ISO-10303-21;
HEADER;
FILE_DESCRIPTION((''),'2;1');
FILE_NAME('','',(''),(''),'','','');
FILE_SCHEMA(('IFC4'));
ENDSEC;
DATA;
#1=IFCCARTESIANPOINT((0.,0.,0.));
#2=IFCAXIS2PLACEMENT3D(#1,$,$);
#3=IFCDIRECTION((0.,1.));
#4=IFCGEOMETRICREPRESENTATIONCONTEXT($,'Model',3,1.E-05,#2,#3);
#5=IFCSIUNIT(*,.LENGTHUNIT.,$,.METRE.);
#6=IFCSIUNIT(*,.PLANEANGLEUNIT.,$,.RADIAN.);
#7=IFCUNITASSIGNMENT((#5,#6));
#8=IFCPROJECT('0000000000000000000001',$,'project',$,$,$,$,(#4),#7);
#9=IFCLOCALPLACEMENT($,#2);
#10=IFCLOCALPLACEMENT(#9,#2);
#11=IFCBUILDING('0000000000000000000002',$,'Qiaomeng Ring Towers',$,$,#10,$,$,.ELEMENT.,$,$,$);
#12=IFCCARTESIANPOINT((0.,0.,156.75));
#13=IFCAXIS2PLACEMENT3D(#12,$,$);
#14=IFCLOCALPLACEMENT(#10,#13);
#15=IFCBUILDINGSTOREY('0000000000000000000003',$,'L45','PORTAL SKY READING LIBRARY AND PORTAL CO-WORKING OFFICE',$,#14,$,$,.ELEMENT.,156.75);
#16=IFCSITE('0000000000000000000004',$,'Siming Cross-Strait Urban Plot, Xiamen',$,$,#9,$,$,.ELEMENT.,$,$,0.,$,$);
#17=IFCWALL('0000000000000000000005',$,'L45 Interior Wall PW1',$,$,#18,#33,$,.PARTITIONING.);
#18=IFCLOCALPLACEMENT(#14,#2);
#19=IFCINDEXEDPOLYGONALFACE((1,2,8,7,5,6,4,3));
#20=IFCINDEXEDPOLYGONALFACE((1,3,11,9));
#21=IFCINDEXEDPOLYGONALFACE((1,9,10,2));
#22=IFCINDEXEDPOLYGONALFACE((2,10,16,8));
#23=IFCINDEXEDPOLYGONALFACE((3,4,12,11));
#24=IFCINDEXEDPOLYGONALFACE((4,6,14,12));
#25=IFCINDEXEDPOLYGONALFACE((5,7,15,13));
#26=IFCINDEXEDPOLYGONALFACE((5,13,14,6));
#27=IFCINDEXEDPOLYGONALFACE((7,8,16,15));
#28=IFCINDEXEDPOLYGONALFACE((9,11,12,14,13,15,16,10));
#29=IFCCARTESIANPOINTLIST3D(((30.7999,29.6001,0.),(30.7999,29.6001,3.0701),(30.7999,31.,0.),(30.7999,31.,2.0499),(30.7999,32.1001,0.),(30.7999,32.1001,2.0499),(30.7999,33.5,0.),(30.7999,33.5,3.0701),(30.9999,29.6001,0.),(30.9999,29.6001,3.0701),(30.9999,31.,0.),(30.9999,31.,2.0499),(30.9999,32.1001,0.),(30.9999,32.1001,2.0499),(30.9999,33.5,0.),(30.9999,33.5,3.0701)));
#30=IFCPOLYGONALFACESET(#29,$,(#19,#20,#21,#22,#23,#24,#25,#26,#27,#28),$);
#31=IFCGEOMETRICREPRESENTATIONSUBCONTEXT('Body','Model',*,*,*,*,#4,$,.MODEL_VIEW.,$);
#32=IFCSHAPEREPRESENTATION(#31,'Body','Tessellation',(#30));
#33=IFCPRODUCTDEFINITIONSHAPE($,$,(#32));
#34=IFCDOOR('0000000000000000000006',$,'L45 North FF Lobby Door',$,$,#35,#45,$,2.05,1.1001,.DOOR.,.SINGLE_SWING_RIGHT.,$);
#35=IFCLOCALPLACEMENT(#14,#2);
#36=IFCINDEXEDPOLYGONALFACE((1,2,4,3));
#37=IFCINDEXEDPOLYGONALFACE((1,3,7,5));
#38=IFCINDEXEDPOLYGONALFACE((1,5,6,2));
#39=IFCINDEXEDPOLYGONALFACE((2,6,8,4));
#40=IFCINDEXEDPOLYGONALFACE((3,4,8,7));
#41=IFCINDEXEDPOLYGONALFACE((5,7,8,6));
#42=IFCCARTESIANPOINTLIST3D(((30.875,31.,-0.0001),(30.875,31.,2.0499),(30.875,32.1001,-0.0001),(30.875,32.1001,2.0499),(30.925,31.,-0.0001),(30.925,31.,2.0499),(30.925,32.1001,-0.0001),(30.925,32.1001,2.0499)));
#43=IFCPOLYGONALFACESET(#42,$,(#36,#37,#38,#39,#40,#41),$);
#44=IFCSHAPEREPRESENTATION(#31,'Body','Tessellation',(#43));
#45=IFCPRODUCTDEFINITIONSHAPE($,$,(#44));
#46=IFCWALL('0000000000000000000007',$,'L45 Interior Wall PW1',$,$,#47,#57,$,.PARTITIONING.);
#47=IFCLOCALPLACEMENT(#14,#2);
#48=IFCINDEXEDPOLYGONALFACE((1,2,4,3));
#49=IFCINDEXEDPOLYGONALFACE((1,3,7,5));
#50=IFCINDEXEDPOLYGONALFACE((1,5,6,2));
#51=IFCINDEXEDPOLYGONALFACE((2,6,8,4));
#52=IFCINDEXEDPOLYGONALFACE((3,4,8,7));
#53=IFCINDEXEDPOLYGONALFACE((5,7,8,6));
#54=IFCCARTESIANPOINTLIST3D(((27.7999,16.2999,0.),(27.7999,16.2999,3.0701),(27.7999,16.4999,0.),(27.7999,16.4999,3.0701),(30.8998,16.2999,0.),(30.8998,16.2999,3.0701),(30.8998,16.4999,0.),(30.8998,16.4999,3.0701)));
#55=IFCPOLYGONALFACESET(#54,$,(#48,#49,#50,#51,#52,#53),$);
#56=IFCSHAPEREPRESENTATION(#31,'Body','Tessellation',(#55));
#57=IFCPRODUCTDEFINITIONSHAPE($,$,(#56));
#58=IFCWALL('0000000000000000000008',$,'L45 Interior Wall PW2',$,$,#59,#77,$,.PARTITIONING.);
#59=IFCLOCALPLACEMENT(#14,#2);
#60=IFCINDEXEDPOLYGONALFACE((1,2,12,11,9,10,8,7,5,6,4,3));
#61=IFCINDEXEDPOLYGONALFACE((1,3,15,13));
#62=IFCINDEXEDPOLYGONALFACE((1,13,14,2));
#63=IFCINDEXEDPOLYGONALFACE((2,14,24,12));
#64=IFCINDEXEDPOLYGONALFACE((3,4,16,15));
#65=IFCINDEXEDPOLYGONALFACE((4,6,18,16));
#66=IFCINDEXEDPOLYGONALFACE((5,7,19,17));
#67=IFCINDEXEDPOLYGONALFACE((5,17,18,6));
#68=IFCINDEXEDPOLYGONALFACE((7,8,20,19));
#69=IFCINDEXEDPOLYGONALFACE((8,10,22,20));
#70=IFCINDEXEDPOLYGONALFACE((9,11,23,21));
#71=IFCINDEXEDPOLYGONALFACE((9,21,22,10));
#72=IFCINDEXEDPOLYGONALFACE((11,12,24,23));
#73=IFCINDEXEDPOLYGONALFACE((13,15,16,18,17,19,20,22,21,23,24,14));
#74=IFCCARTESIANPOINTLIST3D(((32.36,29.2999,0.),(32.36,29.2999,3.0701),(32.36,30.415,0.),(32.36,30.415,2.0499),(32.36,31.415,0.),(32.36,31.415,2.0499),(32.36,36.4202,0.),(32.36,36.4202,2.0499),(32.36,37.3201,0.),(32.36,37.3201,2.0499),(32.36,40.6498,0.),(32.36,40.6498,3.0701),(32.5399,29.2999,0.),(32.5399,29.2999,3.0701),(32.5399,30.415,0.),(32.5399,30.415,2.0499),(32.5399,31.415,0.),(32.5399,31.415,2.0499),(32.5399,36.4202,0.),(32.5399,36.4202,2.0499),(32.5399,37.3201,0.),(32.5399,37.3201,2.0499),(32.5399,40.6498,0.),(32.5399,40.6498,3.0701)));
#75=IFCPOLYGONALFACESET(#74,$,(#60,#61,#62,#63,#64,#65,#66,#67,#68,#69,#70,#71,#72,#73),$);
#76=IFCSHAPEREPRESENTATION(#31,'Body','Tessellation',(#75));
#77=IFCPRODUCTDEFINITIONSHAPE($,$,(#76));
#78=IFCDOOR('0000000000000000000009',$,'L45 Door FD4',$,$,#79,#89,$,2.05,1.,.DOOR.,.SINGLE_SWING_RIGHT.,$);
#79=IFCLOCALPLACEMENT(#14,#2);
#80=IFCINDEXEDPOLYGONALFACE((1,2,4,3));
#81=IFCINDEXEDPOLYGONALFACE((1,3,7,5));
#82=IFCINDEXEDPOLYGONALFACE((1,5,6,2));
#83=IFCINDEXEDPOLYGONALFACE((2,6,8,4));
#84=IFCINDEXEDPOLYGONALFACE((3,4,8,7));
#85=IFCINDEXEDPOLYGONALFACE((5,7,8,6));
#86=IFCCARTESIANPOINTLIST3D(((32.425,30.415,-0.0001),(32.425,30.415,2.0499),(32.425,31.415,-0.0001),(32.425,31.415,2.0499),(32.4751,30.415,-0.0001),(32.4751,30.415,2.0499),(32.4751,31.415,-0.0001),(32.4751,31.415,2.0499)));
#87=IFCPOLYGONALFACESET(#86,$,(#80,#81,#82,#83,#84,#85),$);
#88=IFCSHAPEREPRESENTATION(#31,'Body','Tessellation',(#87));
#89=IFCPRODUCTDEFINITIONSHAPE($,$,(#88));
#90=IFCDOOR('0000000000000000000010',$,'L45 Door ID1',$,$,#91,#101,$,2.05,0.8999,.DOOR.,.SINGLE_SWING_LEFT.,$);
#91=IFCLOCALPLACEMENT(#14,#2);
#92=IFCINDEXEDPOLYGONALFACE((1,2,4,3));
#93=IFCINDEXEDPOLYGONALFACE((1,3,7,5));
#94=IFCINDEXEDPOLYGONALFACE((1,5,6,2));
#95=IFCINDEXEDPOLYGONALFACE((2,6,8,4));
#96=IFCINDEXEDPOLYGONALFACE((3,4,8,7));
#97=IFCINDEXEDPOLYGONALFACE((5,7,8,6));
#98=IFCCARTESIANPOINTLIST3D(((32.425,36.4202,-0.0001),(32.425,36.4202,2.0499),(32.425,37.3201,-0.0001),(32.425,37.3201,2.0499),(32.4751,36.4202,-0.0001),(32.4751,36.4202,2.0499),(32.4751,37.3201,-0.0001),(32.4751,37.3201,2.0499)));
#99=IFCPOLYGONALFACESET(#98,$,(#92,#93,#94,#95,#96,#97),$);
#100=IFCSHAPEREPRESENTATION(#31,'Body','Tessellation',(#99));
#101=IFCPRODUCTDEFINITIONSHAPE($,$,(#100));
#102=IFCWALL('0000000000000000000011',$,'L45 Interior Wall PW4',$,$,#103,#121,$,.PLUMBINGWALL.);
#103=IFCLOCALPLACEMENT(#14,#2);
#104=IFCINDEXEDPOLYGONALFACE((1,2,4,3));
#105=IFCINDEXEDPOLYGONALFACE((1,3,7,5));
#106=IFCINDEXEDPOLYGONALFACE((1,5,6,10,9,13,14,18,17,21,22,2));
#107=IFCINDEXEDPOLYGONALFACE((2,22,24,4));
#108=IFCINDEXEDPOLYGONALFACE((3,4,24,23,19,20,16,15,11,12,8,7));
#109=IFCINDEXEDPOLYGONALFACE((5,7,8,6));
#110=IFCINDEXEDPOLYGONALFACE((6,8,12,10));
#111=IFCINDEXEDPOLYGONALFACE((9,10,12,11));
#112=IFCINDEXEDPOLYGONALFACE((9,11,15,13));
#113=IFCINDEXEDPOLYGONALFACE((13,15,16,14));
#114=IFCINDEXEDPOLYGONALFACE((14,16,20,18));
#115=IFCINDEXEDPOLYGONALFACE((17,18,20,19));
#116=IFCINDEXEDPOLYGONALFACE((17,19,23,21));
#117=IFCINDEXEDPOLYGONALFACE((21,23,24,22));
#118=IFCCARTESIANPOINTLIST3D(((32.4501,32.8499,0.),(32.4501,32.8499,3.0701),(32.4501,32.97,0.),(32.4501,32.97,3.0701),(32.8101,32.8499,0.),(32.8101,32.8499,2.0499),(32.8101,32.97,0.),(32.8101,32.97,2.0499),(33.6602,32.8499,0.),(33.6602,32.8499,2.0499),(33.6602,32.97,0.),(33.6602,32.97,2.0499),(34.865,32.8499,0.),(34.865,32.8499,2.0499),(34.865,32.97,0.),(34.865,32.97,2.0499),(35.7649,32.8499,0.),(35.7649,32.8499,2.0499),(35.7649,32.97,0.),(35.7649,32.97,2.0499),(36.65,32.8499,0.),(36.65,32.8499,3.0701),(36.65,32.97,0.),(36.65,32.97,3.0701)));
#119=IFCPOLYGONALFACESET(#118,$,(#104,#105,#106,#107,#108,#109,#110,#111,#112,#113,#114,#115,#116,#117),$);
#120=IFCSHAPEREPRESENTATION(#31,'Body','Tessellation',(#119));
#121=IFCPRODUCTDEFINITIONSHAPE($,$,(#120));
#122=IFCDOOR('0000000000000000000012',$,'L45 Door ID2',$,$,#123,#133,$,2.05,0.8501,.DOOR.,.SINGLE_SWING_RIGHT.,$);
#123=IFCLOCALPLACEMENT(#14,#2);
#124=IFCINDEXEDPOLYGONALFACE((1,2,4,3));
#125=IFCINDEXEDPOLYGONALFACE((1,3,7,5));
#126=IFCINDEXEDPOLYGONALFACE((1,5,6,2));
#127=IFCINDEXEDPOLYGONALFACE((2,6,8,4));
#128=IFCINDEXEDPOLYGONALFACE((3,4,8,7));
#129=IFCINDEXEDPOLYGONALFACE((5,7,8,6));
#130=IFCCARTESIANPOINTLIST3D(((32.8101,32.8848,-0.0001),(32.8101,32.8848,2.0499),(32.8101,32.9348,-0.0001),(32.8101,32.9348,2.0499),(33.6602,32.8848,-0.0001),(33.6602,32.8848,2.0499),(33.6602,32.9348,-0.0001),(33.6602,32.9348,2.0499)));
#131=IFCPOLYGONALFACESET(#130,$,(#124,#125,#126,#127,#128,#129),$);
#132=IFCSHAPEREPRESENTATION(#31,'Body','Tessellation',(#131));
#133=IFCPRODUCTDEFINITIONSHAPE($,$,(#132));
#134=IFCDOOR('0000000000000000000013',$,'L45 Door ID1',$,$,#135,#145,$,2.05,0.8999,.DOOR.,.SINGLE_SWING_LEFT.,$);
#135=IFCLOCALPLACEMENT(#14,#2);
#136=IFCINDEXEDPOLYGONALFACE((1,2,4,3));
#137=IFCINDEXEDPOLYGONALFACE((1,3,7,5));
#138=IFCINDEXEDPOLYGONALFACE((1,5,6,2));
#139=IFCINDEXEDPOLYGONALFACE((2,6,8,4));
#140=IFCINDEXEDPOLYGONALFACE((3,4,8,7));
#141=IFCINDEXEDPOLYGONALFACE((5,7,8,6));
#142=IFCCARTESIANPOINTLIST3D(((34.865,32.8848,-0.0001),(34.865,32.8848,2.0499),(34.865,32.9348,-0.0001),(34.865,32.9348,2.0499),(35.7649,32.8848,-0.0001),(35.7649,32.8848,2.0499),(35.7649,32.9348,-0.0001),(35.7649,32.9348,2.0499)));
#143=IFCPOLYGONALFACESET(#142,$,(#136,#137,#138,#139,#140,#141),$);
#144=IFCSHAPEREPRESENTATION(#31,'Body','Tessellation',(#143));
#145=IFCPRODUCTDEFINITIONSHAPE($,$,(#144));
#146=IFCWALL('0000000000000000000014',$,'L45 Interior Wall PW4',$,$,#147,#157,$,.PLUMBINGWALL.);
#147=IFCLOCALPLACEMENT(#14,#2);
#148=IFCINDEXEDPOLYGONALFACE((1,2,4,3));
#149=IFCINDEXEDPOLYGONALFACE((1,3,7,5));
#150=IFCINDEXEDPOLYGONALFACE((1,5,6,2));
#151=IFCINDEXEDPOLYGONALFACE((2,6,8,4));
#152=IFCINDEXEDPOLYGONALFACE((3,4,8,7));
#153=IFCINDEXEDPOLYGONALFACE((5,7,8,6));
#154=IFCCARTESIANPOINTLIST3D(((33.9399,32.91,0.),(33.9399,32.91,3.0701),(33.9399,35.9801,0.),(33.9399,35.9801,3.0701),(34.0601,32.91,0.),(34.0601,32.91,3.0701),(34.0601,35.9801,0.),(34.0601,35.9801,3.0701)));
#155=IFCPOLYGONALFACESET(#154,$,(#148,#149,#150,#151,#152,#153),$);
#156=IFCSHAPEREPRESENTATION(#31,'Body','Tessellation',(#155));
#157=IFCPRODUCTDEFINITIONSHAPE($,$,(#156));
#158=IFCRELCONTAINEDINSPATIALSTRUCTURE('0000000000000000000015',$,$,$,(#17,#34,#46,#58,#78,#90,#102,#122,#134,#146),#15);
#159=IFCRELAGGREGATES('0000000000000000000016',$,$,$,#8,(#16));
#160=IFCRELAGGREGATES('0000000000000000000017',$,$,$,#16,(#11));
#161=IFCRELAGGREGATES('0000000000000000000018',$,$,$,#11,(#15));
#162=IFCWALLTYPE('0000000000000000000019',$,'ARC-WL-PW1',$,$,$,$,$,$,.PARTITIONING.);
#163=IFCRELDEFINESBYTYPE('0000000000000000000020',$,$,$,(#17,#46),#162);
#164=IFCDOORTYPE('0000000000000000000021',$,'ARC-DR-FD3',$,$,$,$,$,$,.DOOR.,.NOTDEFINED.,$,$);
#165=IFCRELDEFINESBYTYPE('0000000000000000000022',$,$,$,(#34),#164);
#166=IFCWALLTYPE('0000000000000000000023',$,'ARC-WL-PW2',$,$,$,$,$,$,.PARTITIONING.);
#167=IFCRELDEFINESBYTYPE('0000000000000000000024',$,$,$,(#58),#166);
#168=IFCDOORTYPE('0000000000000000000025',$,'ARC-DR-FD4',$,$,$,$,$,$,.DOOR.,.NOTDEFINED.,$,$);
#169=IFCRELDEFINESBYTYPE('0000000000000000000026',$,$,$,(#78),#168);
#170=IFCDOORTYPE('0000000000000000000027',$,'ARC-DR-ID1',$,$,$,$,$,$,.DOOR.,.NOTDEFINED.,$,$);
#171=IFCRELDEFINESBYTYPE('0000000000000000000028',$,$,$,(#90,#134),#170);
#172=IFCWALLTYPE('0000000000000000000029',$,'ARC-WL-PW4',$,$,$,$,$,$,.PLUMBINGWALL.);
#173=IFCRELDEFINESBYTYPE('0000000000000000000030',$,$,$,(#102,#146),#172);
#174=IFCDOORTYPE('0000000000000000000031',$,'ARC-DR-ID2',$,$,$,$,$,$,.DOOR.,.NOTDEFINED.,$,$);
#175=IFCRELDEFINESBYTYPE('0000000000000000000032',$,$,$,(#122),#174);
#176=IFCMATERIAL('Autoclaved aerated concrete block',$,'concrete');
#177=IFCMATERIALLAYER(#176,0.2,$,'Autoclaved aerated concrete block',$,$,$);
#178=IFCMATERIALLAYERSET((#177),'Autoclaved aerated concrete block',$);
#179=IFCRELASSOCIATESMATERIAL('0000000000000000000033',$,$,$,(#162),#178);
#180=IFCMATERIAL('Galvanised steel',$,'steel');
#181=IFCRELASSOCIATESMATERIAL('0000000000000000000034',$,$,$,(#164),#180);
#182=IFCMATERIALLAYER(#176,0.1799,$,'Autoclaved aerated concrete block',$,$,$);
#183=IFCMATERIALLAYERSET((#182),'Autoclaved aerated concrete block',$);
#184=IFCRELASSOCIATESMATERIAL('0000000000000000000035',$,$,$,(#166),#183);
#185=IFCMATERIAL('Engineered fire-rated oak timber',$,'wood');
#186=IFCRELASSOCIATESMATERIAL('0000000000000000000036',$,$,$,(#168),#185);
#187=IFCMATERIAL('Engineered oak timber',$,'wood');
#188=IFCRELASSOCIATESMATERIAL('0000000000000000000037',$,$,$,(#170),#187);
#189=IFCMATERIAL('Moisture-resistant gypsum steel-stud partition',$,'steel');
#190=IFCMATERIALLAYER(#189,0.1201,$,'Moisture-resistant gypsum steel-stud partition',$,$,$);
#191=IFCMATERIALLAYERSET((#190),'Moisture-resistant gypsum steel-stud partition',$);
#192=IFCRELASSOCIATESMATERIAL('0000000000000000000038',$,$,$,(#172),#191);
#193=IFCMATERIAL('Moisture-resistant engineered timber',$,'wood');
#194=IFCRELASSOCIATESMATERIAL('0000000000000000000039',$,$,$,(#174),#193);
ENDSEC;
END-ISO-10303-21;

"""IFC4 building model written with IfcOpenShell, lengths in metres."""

from ifc_helpers import new_model, si_unit, direction, frame, frame_2d, origin, place, context, subcontext, project, spatial, rectangle, extrude, source, transform, mapped, material, layer, layer_set, type_object, element, fill, save


model = new_model("IFC4")

# Units and contexts
model_context = context("Model", 3, precision=1e-05, world=origin(), true_north=direction((0.0, 1.0)))
body_context = subcontext(model_context, "Body", "Model", "MODEL_VIEW")
ifc_project = project(units=[si_unit("LENGTHUNIT", "METRE"), si_unit("PLANEANGLEUNIT", "RADIAN")], contexts=[model_context])

# Site, building, storey
site_placement = place(None, origin())
site = spatial("IfcSite", under=ifc_project, at=site_placement, Name="Siming Cross-Strait Urban Plot, Xiamen", CompositionType="ELEMENT", RefElevation=0.0)
building_placement = place(site_placement, origin())
building = spatial("IfcBuilding", under=site, at=building_placement, Name="Qiaomeng Ring Towers", CompositionType="ELEMENT")
storey_placement = place(building_placement, frame((0.0, 0.0, 156.75)))
storey = spatial("IfcBuildingStorey", under=building, at=storey_placement, Name="L45", Description="PORTAL SKY READING LIBRARY AND PORTAL CO-WORKING OFFICE", CompositionType="ELEMENT", Elevation=156.75)

# Shared definitions
ifc_material_1 = material(Name="Autoclaved aerated concrete block", Category="concrete")
ifc_layer_1 = layer(ifc_material_1, 0.2, Name="Autoclaved aerated concrete block")
ifc_layer_set_1 = layer_set([ifc_layer_1], Name="Autoclaved aerated concrete block")
wall_type_1 = type_object("IfcWallType", Name="ARC-WL-PW1", PredefinedType="PARTITIONING", material=ifc_layer_set_1)

# Wall, opening, door
wall_1_placement = place(storey_placement, frame((30.8999, 29.6001, 0.0), z_axis=(0.0, 0.0, 1.0), x_axis=(0.0, 1.0, 0.0)))
wall_1 = element("IfcWall", 1, at=wall_1_placement, inside=storey, type_object=wall_type_1, Name="L45 Interior Wall PW1", PredefinedType="PARTITIONING", context=body_context, shape_type="SweptSolid", body=[
    extrude(rectangle(XDim=3.8999, YDim=0.2, at=frame_2d((1.95, 0.0))), origin(), (0.0, 0.0, 1.0), 3.0701),
])
opening_1_placement = place(wall_1_placement, frame((1.3999, 0.0, 0.0)))
opening_1 = element("IfcOpeningElement", 2, at=opening_1_placement, cuts=wall_1, PredefinedType="OPENING", context=body_context, shape_type="SweptSolid", body=[
    extrude(rectangle(XDim=1.1001, YDim=2.05, at=frame_2d((0.55, 1.0249))), frame((0.0, 0.1099, 0.0), z_axis=(0.0, -1.0, 0.0), x_axis=(1.0, 0.0, 0.0)), (0.0, 0.0, 1.0), 0.22),
])
ifc_material_2 = material(Name="Galvanised steel", Category="steel")
door_type_1 = type_object("IfcDoorType", Name="ARC-DR-FD3", OperationType="NOTDEFINED", PredefinedType="DOOR", material=ifc_material_2)
shared_shape_1 = source(origin(), body_context, "Body", "SweptSolid", [
    extrude(rectangle(XDim=1.1001, YDim=2.05, at=frame_2d((0.55, 1.0249))), frame((0.0, 0.0249, 0.0), z_axis=(0.0, -1.0, 0.0), x_axis=(1.0, 0.0, 0.0)), (0.0, 0.0, 1.0), 0.05),
])
door_1_placement = place(opening_1_placement, origin())
door_1 = element("IfcDoor", 3, at=door_1_placement, inside=storey, type_object=door_type_1, Name="L45 North FF Lobby Door", OperationType="SINGLE_SWING_RIGHT", OverallHeight=2.05, OverallWidth=1.1001, PredefinedType="DOOR", context=body_context, shape_type="MappedRepresentation", body=[
    mapped(shared_shape_1, transform((0.0, 0.0, 0.0), x_axis=(1.0, 0.0, 0.0), y_axis=(0.0, 1.0, 0.0), z_axis=(0.0, 0.0, 1.0), scale=1.0)),
])
fill(opening_1, door_1)

# Wall
wall_2_placement = place(storey_placement, frame((27.8, 16.3999, 0.0), z_axis=(0.0, 0.0, 1.0), x_axis=(1.0, 0.0, 0.0)))
element("IfcWall", 4, at=wall_2_placement, inside=storey, type_object=wall_type_1, Name="L45 Interior Wall PW1", PredefinedType="PARTITIONING", context=body_context, shape_type="SweptSolid", body=[
    extrude(rectangle(XDim=3.0999, YDim=0.2, at=frame_2d((1.5498, 0.0))), origin(), (0.0, 0.0, 1.0), 3.0701),
])

# Walls, openings, doors
ifc_layer_2 = layer(ifc_material_1, 0.1799, Name="Autoclaved aerated concrete block")
ifc_layer_set_2 = layer_set([ifc_layer_2], Name="Autoclaved aerated concrete block")
wall_type_2 = type_object("IfcWallType", Name="ARC-WL-PW2", PredefinedType="PARTITIONING", material=ifc_layer_set_2)
wall_3_placement = place(storey_placement, frame((32.45, 29.3, 0.0), z_axis=(0.0, 0.0, 1.0), x_axis=(0.0, 1.0, 0.0)))
wall_3 = element("IfcWall", 5, at=wall_3_placement, inside=storey, type_object=wall_type_2, Name="L45 Interior Wall PW2", PredefinedType="PARTITIONING", context=body_context, shape_type="SweptSolid", body=[
    extrude(rectangle(XDim=11.3499, YDim=0.1799, at=frame_2d((5.6748, 0.0))), origin(), (0.0, 0.0, 1.0), 3.0701),
])
opening_2_placement = place(wall_3_placement, frame((1.115, 0.0, 0.0)))
opening_2 = element("IfcOpeningElement", 6, at=opening_2_placement, cuts=wall_3, PredefinedType="OPENING", context=body_context, shape_type="SweptSolid", body=[
    extrude(rectangle(XDim=1.0, YDim=2.05, at=frame_2d((0.5, 1.0249))), frame((0.0, 0.0999, 0.0), z_axis=(0.0, -1.0, 0.0), x_axis=(1.0, 0.0, 0.0)), (0.0, 0.0, 1.0), 0.2),
])
opening_3_placement = place(wall_3_placement, frame((7.1201, 0.0, 0.0)))
opening_3 = element("IfcOpeningElement", 7, at=opening_3_placement, cuts=wall_3, PredefinedType="OPENING", context=body_context, shape_type="SweptSolid", body=[
    extrude(rectangle(XDim=0.8999, YDim=2.05, at=frame_2d((0.45, 1.0249))), frame((0.0, 0.0999, 0.0), z_axis=(0.0, -1.0, 0.0), x_axis=(1.0, 0.0, 0.0)), (0.0, 0.0, 1.0), 0.2),
])
ifc_material_3 = material(Name="Engineered fire-rated oak timber", Category="wood")
door_type_2 = type_object("IfcDoorType", Name="ARC-DR-FD4", OperationType="NOTDEFINED", PredefinedType="DOOR", material=ifc_material_3)
shared_shape_2 = source(origin(), body_context, "Body", "SweptSolid", [
    extrude(rectangle(XDim=1.0, YDim=2.05, at=frame_2d((0.5, 1.0249))), frame((0.0, 0.0249, 0.0), z_axis=(0.0, -1.0, 0.0), x_axis=(1.0, 0.0, 0.0)), (0.0, 0.0, 1.0), 0.05),
])
door_2_placement = place(opening_2_placement, origin())
door_2 = element("IfcDoor", 8, at=door_2_placement, inside=storey, type_object=door_type_2, Name="L45 Door FD4", OperationType="SINGLE_SWING_RIGHT", OverallHeight=2.05, OverallWidth=1.0, PredefinedType="DOOR", context=body_context, shape_type="MappedRepresentation", body=[
    mapped(shared_shape_2, transform((0.0, 0.0, 0.0), x_axis=(1.0, 0.0, 0.0), y_axis=(0.0, 1.0, 0.0), z_axis=(0.0, 0.0, 1.0), scale=1.0)),
])
fill(opening_2, door_2)
ifc_material_4 = material(Name="Engineered oak timber", Category="wood")
door_type_3 = type_object("IfcDoorType", Name="ARC-DR-ID1", OperationType="NOTDEFINED", PredefinedType="DOOR", material=ifc_material_4)
shared_shape_3 = source(origin(), body_context, "Body", "SweptSolid", [
    extrude(rectangle(XDim=0.8999, YDim=2.05, at=frame_2d((0.45, 1.0249))), frame((0.0, 0.0249, 0.0), z_axis=(0.0, -1.0, 0.0), x_axis=(1.0, 0.0, 0.0)), (0.0, 0.0, 1.0), 0.05),
])
door_3_placement = place(opening_3_placement, origin())
door_3 = element("IfcDoor", 9, at=door_3_placement, inside=storey, type_object=door_type_3, Name="L45 Door ID1", OperationType="SINGLE_SWING_LEFT", OverallHeight=2.05, OverallWidth=0.8999, PredefinedType="DOOR", context=body_context, shape_type="MappedRepresentation", body=[
    mapped(shared_shape_3, transform((0.0, 0.0, 0.0), x_axis=(1.0, 0.0, 0.0), y_axis=(0.0, 1.0, 0.0), z_axis=(0.0, 0.0, 1.0), scale=1.0)),
])
fill(opening_3, door_3)
ifc_material_5 = material(Name="Moisture-resistant gypsum steel-stud partition", Category="steel")
ifc_layer_3 = layer(ifc_material_5, 0.1201, Name="Moisture-resistant gypsum steel-stud partition")
ifc_layer_set_3 = layer_set([ifc_layer_3], Name="Moisture-resistant gypsum steel-stud partition")
wall_type_3 = type_object("IfcWallType", Name="ARC-WL-PW4", PredefinedType="PLUMBINGWALL", material=ifc_layer_set_3)
wall_4_placement = place(storey_placement, frame((32.45, 32.9099, 0.0), z_axis=(0.0, 0.0, 1.0), x_axis=(1.0, 0.0, 0.0)))
wall_4 = element("IfcWall", 10, at=wall_4_placement, inside=storey, type_object=wall_type_3, Name="L45 Interior Wall PW4", PredefinedType="PLUMBINGWALL", context=body_context, shape_type="SweptSolid", body=[
    extrude(rectangle(XDim=4.2, YDim=0.1201, at=frame_2d((2.1001, 0.0))), origin(), (0.0, 0.0, 1.0), 3.0701),
])
opening_4_placement = place(wall_4_placement, frame((0.3601, 0.0, 0.0)))
opening_4 = element("IfcOpeningElement", 11, at=opening_4_placement, cuts=wall_4, PredefinedType="OPENING", context=body_context, shape_type="SweptSolid", body=[
    extrude(rectangle(XDim=0.8501, YDim=2.05, at=frame_2d((0.425, 1.0249))), frame((0.0, 0.0701, 0.0), z_axis=(0.0, -1.0, 0.0), x_axis=(1.0, 0.0, 0.0)), (0.0, 0.0, 1.0), 0.1401),
])
opening_5_placement = place(wall_4_placement, frame((2.415, 0.0, 0.0)))
opening_5 = element("IfcOpeningElement", 12, at=opening_5_placement, cuts=wall_4, PredefinedType="OPENING", context=body_context, shape_type="SweptSolid", body=[
    extrude(rectangle(XDim=0.8999, YDim=2.05, at=frame_2d((0.45, 1.0249))), frame((0.0, 0.0701, 0.0), z_axis=(0.0, -1.0, 0.0), x_axis=(1.0, 0.0, 0.0)), (0.0, 0.0, 1.0), 0.1401),
])
ifc_material_6 = material(Name="Moisture-resistant engineered timber", Category="wood")
door_type_4 = type_object("IfcDoorType", Name="ARC-DR-ID2", OperationType="NOTDEFINED", PredefinedType="DOOR", material=ifc_material_6)
shared_shape_4 = source(origin(), body_context, "Body", "SweptSolid", [
    extrude(rectangle(XDim=0.8501, YDim=2.05, at=frame_2d((0.425, 1.0249))), frame((0.0, 0.0249, 0.0), z_axis=(0.0, -1.0, 0.0), x_axis=(1.0, 0.0, 0.0)), (0.0, 0.0, 1.0), 0.05),
])
door_4_placement = place(opening_4_placement, origin())
door_4 = element("IfcDoor", 13, at=door_4_placement, inside=storey, type_object=door_type_4, Name="L45 Door ID2", OperationType="SINGLE_SWING_RIGHT", OverallHeight=2.05, OverallWidth=0.8501, PredefinedType="DOOR", context=body_context, shape_type="MappedRepresentation", body=[
    mapped(shared_shape_4, transform((0.0, 0.0, 0.0), x_axis=(1.0, 0.0, 0.0), y_axis=(0.0, 1.0, 0.0), z_axis=(0.0, 0.0, 1.0), scale=1.0)),
])
fill(opening_4, door_4)
door_5_placement = place(opening_5_placement, origin())
door_5 = element("IfcDoor", 14, at=door_5_placement, inside=storey, type_object=door_type_3, Name="L45 Door ID1", OperationType="SINGLE_SWING_LEFT", OverallHeight=2.05, OverallWidth=0.8999, PredefinedType="DOOR", context=body_context, shape_type="MappedRepresentation", body=[
    mapped(shared_shape_3, transform((0.0, 0.0, 0.0), x_axis=(1.0, 0.0, 0.0), y_axis=(0.0, 1.0, 0.0), z_axis=(0.0, 0.0, 1.0), scale=1.0)),
])
fill(opening_5, door_5)

# Wall
wall_5_placement = place(storey_placement, frame((34.0, 32.9099, 0.0), z_axis=(0.0, 0.0, 1.0), x_axis=(0.0, 1.0, 0.0)))
element("IfcWall", 15, at=wall_5_placement, inside=storey, type_object=wall_type_3, Name="L45 Interior Wall PW4", PredefinedType="PLUMBINGWALL", context=body_context, shape_type="SweptSolid", body=[
    extrude(rectangle(XDim=3.0701, YDim=0.1201, at=frame_2d((1.5352, 0.0))), origin(), (0.0, 0.0, 1.0), 3.0701),
])

save(model, "model.ifc")
